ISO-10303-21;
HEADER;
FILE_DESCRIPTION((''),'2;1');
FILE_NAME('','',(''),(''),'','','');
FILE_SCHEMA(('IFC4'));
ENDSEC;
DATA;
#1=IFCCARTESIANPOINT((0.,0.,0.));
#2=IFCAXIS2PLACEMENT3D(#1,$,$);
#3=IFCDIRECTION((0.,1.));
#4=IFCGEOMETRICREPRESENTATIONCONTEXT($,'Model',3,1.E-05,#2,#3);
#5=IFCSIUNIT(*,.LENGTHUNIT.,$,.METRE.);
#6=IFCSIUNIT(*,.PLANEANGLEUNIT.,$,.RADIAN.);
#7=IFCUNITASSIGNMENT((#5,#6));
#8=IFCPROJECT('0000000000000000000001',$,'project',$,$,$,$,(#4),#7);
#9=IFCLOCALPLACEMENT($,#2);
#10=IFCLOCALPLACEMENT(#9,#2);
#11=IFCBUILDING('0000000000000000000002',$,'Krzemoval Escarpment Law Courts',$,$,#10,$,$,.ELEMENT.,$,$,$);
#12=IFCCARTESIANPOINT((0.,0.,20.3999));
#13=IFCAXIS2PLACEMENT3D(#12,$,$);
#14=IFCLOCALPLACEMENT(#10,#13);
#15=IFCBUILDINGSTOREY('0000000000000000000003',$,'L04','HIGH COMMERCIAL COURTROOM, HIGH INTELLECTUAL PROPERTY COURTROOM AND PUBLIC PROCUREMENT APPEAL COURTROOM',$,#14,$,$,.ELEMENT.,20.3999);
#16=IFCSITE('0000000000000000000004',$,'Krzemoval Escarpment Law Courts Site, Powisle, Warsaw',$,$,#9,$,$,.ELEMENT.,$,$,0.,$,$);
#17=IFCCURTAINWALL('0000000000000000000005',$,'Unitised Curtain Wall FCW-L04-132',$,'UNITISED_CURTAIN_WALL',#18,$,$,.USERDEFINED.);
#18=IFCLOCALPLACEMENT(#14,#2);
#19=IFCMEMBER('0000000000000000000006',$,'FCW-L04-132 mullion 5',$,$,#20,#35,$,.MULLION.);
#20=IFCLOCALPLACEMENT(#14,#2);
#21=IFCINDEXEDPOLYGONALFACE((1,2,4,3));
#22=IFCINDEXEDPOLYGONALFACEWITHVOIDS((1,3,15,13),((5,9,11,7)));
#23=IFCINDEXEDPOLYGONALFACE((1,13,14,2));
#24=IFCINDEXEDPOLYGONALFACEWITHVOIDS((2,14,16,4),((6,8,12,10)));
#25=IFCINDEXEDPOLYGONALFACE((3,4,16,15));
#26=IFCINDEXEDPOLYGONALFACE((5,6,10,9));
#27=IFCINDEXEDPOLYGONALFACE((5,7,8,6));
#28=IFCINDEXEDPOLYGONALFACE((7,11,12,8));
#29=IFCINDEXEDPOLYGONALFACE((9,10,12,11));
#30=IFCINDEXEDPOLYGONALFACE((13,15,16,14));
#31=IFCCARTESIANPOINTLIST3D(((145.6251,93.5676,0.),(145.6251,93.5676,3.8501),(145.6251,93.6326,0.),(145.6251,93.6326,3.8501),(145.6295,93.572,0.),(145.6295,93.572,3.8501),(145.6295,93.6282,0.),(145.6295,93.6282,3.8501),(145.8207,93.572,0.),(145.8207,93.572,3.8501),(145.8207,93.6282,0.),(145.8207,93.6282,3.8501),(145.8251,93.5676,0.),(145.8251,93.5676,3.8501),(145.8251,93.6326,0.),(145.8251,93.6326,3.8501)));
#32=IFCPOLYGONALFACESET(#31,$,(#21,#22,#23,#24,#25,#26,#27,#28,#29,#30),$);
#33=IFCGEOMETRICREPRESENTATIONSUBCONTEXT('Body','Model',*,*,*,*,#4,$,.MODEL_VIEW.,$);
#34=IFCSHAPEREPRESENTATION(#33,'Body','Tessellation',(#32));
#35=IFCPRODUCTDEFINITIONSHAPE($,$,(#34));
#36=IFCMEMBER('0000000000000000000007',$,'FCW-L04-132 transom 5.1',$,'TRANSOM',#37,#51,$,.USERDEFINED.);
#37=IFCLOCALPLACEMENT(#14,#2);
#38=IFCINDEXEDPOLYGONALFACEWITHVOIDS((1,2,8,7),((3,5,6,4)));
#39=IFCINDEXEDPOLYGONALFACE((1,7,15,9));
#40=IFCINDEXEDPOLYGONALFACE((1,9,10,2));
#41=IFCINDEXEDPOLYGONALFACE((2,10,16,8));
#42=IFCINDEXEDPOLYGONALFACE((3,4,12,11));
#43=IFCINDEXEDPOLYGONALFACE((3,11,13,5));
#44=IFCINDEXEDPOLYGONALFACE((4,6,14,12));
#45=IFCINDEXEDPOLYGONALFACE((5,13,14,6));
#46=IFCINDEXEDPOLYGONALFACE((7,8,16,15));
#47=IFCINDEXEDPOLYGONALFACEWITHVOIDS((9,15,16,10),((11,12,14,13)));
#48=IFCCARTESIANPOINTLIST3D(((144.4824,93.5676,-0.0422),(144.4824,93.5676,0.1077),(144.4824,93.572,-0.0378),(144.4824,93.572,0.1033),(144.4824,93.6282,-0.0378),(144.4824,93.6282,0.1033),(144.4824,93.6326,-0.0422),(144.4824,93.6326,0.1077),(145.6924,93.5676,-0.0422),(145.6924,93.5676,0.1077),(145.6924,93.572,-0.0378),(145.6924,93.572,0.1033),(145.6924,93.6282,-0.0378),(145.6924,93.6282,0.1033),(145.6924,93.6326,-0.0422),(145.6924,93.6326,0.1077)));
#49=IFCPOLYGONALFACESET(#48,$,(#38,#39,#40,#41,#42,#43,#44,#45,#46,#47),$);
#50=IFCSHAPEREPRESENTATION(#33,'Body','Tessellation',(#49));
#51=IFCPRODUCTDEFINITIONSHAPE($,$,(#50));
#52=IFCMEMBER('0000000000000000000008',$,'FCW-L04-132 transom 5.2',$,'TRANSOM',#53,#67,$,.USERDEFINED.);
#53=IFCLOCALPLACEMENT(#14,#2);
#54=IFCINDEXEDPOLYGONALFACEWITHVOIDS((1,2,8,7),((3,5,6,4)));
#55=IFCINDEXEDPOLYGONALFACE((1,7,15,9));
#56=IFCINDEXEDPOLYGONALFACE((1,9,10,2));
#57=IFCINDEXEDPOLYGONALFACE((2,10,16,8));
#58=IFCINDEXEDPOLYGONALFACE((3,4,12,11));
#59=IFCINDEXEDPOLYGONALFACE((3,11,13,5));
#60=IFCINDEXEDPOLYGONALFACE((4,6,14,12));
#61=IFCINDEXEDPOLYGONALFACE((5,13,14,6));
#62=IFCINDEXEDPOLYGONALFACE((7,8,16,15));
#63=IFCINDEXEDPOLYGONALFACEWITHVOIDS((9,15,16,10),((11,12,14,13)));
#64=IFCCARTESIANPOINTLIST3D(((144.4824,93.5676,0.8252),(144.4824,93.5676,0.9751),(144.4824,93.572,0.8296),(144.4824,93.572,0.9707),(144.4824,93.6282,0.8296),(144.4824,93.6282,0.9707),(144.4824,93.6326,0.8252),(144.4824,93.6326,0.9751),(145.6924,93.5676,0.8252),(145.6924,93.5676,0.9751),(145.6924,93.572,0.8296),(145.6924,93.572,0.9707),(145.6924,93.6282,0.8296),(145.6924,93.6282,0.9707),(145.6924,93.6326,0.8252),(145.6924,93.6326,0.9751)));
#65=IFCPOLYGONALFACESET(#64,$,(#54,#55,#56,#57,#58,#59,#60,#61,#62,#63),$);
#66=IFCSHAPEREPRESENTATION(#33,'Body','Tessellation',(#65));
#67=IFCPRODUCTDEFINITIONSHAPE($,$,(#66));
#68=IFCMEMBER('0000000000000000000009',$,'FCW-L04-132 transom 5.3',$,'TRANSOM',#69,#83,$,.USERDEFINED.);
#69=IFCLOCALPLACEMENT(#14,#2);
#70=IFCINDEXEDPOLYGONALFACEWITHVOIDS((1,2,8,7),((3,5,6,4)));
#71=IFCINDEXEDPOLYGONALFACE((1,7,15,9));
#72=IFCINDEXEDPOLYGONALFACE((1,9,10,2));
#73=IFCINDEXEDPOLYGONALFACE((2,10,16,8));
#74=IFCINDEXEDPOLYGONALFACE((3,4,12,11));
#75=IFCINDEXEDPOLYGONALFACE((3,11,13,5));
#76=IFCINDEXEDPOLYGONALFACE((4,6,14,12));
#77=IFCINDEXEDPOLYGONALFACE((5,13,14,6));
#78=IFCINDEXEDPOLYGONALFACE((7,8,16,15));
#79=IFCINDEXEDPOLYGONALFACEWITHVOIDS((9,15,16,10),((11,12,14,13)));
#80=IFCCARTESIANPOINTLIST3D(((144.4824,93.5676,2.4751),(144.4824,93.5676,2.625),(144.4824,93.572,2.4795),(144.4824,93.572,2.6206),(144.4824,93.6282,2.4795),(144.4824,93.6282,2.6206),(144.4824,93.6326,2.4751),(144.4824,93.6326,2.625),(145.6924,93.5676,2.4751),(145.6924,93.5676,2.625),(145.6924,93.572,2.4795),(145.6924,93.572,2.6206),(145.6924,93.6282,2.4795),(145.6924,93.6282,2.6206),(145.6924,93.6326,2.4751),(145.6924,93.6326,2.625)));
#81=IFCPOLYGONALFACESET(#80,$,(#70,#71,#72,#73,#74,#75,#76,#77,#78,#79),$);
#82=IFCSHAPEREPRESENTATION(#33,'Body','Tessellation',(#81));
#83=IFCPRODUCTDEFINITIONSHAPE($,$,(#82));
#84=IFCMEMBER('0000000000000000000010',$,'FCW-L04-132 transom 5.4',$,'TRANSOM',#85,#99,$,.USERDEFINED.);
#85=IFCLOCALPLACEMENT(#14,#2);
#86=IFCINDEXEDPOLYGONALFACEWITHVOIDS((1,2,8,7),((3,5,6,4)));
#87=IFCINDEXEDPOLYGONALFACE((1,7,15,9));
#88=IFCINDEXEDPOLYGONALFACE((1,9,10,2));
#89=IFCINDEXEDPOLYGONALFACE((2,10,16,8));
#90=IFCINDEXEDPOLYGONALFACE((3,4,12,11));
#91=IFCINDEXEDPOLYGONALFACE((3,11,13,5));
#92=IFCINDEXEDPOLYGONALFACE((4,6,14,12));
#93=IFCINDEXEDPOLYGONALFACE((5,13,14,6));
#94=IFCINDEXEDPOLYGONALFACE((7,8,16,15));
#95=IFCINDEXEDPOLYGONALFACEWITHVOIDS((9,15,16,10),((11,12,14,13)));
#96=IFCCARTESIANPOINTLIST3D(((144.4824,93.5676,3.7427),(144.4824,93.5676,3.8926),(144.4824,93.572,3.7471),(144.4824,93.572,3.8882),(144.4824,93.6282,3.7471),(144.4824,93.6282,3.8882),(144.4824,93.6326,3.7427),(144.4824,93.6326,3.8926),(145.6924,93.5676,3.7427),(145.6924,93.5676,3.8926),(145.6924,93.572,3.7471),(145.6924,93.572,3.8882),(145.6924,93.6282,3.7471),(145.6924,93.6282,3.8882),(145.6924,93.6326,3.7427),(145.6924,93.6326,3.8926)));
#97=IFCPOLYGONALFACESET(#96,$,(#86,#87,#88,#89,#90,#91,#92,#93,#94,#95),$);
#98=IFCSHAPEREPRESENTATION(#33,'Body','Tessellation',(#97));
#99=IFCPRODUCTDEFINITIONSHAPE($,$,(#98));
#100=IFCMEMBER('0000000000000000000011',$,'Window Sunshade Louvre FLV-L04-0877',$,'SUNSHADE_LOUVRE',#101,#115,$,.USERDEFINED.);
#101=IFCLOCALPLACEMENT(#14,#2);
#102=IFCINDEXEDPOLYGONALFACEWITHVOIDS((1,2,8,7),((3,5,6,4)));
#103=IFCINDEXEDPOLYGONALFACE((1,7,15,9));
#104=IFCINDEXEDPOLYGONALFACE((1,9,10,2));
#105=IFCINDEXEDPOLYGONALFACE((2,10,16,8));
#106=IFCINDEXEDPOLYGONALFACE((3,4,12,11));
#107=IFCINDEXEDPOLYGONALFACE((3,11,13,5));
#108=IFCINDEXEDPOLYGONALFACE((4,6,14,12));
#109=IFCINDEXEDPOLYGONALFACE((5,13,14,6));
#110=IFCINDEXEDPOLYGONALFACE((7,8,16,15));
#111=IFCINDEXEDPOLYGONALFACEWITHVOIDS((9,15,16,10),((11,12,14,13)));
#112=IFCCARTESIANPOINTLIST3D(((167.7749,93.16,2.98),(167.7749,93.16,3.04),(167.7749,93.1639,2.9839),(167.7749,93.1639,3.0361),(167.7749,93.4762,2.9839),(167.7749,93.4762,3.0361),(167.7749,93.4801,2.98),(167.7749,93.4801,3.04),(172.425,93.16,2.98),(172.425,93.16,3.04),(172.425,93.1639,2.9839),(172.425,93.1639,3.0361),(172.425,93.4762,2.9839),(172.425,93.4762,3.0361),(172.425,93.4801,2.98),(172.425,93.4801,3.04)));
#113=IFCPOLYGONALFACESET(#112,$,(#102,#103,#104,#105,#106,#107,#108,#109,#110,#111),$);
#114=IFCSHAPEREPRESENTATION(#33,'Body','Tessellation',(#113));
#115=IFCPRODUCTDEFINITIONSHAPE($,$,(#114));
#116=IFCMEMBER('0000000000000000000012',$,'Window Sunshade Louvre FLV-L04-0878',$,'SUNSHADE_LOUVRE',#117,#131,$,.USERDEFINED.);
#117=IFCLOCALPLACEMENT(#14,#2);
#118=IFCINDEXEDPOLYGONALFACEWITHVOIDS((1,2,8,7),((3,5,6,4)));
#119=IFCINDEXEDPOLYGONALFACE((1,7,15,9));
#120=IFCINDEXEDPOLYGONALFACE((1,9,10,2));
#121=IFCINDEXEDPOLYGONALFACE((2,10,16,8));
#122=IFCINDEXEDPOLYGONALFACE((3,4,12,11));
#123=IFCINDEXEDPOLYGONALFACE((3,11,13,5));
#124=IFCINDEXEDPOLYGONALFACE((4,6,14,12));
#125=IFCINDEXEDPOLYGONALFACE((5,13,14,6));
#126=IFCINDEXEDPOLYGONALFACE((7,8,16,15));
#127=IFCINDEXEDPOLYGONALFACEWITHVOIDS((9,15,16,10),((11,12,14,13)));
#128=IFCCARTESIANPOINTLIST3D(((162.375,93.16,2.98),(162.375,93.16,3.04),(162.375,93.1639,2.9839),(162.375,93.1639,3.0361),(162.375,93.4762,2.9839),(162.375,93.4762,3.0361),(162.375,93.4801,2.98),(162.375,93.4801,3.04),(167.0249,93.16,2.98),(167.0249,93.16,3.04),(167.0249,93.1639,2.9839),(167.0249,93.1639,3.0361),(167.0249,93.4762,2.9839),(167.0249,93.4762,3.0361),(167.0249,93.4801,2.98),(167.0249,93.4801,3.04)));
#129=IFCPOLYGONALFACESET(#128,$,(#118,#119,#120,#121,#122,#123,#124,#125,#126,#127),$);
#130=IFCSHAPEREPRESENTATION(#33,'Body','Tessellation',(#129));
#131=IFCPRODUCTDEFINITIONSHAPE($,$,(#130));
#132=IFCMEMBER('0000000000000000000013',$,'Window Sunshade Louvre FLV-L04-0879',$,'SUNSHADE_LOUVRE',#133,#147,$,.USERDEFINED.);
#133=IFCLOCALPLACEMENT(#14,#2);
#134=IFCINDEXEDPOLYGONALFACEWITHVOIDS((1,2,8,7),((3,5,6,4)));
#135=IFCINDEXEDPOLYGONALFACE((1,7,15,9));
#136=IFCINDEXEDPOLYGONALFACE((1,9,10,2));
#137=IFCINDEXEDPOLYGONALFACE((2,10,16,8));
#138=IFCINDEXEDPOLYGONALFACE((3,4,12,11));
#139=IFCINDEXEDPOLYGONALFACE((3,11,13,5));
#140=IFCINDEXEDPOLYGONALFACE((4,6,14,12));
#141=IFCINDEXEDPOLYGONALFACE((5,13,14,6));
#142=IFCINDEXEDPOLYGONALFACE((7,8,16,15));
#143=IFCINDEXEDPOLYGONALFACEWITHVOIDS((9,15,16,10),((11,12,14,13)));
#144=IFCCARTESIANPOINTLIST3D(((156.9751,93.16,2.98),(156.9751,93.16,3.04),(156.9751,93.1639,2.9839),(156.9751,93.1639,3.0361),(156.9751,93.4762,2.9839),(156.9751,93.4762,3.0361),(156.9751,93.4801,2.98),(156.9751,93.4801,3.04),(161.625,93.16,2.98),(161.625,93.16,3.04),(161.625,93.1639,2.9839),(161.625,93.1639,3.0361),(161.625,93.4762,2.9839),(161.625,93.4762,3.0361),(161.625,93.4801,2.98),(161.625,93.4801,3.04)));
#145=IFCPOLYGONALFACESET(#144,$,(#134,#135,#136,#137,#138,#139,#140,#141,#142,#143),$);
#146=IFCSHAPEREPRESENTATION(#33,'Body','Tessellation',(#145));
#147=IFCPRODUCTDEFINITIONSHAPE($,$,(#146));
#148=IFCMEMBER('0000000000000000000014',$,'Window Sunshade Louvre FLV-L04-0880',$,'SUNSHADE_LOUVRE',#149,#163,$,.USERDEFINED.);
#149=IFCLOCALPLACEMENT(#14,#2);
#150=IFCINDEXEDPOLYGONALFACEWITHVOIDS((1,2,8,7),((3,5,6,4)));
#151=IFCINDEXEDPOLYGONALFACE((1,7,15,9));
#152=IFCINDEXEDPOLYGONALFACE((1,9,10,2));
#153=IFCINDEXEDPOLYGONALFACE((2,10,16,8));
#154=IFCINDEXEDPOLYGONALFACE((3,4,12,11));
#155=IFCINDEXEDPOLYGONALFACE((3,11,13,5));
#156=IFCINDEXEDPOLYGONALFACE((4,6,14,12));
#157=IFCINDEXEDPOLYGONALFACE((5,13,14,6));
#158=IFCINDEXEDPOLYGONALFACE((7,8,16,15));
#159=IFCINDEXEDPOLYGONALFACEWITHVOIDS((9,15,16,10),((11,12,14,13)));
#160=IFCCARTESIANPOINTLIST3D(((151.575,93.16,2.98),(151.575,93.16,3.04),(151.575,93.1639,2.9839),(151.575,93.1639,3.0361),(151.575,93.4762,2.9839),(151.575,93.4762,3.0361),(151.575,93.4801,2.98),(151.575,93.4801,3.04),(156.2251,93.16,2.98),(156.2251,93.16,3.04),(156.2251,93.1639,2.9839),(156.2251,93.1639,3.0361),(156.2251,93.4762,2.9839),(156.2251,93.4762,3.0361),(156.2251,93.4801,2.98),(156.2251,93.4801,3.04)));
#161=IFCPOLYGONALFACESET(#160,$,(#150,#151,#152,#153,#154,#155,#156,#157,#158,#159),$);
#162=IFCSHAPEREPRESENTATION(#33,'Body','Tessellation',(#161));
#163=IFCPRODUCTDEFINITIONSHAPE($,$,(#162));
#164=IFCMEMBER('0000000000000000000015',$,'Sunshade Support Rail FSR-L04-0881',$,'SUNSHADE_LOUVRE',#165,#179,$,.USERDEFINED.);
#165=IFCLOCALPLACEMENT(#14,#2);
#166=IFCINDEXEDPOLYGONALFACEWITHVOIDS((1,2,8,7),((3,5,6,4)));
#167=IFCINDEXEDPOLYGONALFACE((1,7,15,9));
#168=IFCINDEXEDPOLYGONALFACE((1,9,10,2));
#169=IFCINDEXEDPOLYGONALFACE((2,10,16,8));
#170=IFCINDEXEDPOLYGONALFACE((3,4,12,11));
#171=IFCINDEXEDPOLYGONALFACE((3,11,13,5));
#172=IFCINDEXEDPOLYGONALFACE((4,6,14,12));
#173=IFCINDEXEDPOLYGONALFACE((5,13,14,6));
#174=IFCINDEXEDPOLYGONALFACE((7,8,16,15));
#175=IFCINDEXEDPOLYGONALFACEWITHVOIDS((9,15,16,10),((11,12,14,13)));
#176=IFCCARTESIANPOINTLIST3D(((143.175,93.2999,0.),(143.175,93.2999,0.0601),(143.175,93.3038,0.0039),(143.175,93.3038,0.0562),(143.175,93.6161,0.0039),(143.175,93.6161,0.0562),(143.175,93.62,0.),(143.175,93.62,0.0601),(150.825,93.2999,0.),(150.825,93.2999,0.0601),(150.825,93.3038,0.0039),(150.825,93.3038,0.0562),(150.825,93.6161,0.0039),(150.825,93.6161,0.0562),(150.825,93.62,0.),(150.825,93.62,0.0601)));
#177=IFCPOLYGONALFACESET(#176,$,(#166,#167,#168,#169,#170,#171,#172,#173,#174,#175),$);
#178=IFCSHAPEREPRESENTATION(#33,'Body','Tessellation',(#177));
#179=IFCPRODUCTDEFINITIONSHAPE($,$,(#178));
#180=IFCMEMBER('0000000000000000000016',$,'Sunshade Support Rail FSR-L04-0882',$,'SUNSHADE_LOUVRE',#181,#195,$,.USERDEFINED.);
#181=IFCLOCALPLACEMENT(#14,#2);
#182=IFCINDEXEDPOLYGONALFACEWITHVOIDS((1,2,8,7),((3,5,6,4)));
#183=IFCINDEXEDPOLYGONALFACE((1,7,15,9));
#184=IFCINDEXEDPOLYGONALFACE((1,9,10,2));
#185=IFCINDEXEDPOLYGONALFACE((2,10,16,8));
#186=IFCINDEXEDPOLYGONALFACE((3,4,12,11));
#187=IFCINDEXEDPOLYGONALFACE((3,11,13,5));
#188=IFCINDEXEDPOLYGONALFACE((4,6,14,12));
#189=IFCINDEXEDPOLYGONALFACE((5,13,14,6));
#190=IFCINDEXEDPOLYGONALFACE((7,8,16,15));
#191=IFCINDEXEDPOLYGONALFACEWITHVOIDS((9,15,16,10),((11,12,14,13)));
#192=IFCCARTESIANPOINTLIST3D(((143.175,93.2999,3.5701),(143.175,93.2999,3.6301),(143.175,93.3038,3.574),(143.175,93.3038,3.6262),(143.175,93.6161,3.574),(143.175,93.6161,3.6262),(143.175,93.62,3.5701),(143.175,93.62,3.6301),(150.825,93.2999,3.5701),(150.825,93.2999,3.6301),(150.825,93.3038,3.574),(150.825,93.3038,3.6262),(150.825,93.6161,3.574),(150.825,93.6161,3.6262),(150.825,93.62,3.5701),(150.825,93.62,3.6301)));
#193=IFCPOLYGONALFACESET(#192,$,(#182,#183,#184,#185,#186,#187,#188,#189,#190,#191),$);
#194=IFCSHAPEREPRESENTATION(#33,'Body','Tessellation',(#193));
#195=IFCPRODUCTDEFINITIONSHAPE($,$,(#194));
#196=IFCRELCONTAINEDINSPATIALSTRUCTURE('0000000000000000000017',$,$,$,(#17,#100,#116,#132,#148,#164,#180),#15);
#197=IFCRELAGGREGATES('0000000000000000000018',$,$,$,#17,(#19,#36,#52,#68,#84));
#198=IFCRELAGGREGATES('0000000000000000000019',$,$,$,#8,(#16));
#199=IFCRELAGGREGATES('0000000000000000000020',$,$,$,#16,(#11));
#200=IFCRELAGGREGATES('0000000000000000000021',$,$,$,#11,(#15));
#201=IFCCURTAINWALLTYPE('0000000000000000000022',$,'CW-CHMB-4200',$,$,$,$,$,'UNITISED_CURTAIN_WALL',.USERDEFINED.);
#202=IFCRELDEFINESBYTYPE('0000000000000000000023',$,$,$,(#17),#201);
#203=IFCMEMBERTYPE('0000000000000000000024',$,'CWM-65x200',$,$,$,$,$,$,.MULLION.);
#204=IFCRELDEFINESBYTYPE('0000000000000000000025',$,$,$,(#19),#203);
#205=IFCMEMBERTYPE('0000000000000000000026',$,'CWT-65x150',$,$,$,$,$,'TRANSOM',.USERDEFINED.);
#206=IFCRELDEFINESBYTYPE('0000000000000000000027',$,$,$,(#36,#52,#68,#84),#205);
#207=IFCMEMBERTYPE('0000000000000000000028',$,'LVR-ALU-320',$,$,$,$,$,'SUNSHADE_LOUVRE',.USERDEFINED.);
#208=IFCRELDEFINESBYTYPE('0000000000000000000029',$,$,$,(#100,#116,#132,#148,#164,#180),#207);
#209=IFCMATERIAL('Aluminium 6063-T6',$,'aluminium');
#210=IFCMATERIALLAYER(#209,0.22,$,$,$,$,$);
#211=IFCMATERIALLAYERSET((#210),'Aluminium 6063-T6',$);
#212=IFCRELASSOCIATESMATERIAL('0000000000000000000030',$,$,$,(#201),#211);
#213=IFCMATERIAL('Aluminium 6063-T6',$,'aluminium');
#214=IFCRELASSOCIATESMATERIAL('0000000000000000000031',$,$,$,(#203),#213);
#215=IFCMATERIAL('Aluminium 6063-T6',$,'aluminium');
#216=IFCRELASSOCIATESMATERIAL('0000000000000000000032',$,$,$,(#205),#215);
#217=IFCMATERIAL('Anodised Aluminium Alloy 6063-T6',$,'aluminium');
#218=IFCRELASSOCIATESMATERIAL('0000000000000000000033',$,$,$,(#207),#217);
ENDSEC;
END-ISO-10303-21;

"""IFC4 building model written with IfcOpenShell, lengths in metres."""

from ifc_helpers import new_model, si_unit, direction, frame, origin, origin_2d, place, context, subcontext, project, spatial, hollow_rectangle, extrude, material, layer, layer_set, material_profile, profile_set, type_object, element, aggregate, save


model = new_model("IFC4")

# Units and contexts
model_context = context("Model", 3, precision=1e-05, world=origin(), true_north=direction((0.0, 1.0)))
body_context = subcontext(model_context, "Body", "Model", "MODEL_VIEW")
ifc_project = project(units=[si_unit("LENGTHUNIT", "METRE"), si_unit("PLANEANGLEUNIT", "RADIAN")], contexts=[model_context])

# Site, building, storey
site_placement = place(None, origin())
site = spatial("IfcSite", under=ifc_project, at=site_placement, Name="Krzemoval Escarpment Law Courts Site, Powisle, Warsaw", CompositionType="ELEMENT", RefElevation=0.0)
building_placement = place(site_placement, origin())
building = spatial("IfcBuilding", under=site, at=building_placement, Name="Krzemoval Escarpment Law Courts", CompositionType="ELEMENT")
storey_placement = place(building_placement, frame((0.0, 0.0, 20.3999)))
storey = spatial("IfcBuildingStorey", under=building, at=storey_placement, Name="L04", Description="HIGH COMMERCIAL COURTROOM, HIGH INTELLECTUAL PROPERTY COURTROOM AND PUBLIC PROCUREMENT APPEAL COURTROOM", CompositionType="ELEMENT", Elevation=20.3999)

# Curtain wall, members
ifc_material_1 = material(Name="Aluminium 6063-T6", Category="aluminium")
ifc_layer_1 = layer(ifc_material_1, 0.22)
ifc_layer_set_1 = layer_set([ifc_layer_1], Name="Aluminium 6063-T6")
curtain_wall_type = type_object("IfcCurtainWallType", Name="CW-CHMB-4200", ElementType="UNITISED_CURTAIN_WALL", PredefinedType="USERDEFINED", material=ifc_layer_set_1)
curtain_wall_placement = place(storey_placement, origin())
curtain_wall = element("IfcCurtainWall", 1, at=curtain_wall_placement, inside=storey, type_object=curtain_wall_type, Name="Unitised Curtain Wall FCW-L04-132", ObjectType="UNITISED_CURTAIN_WALL", PredefinedType="USERDEFINED")
ifc_material_2 = material(Name="Aluminium 6063-T6", Category="aluminium")
ifc_material_profile_1 = material_profile(ifc_material_2, hollow_rectangle(XDim=0.0649, YDim=0.2, WallThickness=0.0044, at=origin_2d()), Name="ALU M65x200")
ifc_profile_set_1 = profile_set([ifc_material_profile_1], Name="Aluminium 6063-T6")
member_type_1 = type_object("IfcMemberType", Name="CWM-65x200", PredefinedType="MULLION", material=ifc_profile_set_1)
member_1_placement = place(storey_placement, frame((145.7251, 93.6001, 0.0), z_axis=(0.0, 0.0, 1.0), x_axis=(0.0, -1.0, 0.0)))
member_1 = element("IfcMember", 2, at=member_1_placement, type_object=member_type_1, Name="FCW-L04-132 mullion 5", PredefinedType="MULLION", context=body_context, shape_type="SweptSolid", body=[
    extrude(hollow_rectangle(XDim=0.0649, YDim=0.2, WallThickness=0.0044, at=origin_2d()), origin(), (0.0, 0.0, 1.0), 3.8501),
])
ifc_material_3 = material(Name="Aluminium 6063-T6", Category="aluminium")
ifc_material_profile_2 = material_profile(ifc_material_3, hollow_rectangle(XDim=0.0649, YDim=0.1499, WallThickness=0.0044, at=origin_2d()), Name="ALU T65x150")
ifc_profile_set_2 = profile_set([ifc_material_profile_2], Name="Aluminium 6063-T6")
member_type_2 = type_object("IfcMemberType", Name="CWT-65x150", ElementType="TRANSOM", PredefinedType="USERDEFINED", material=ifc_profile_set_2)
member_2_placement = place(storey_placement, frame((145.6924, 93.6001, 0.0327), z_axis=(-1.0, 0.0, 0.0), x_axis=(0.0, -1.0, 0.0)))
member_2 = element("IfcMember", 3, at=member_2_placement, type_object=member_type_2, Name="FCW-L04-132 transom 5.1", ObjectType="TRANSOM", PredefinedType="USERDEFINED", context=body_context, shape_type="SweptSolid", body=[
    extrude(hollow_rectangle(XDim=0.0649, YDim=0.1499, WallThickness=0.0044, at=origin_2d()), origin(), (0.0, 0.0, 1.0), 1.21),
])
member_3_placement = place(storey_placement, frame((145.6924, 93.6001, 0.9001), z_axis=(-1.0, 0.0, 0.0), x_axis=(0.0, -1.0, 0.0)))
member_3 = element("IfcMember", 4, at=member_3_placement, type_object=member_type_2, Name="FCW-L04-132 transom 5.2", ObjectType="TRANSOM", PredefinedType="USERDEFINED", context=body_context, shape_type="SweptSolid", body=[
    extrude(hollow_rectangle(XDim=0.0649, YDim=0.1499, WallThickness=0.0044, at=origin_2d()), origin(), (0.0, 0.0, 1.0), 1.21),
])
member_4_placement = place(storey_placement, frame((145.6924, 93.6001, 2.55), z_axis=(-1.0, 0.0, 0.0), x_axis=(0.0, -1.0, 0.0)))
member_4 = element("IfcMember", 5, at=member_4_placement, type_object=member_type_2, Name="FCW-L04-132 transom 5.3", ObjectType="TRANSOM", PredefinedType="USERDEFINED", context=body_context, shape_type="SweptSolid", body=[
    extrude(hollow_rectangle(XDim=0.0649, YDim=0.1499, WallThickness=0.0044, at=origin_2d()), origin(), (0.0, 0.0, 1.0), 1.21),
])
member_5_placement = place(storey_placement, frame((145.6924, 93.6001, 3.8176), z_axis=(-1.0, 0.0, 0.0), x_axis=(0.0, -1.0, 0.0)))
member_5 = element("IfcMember", 6, at=member_5_placement, type_object=member_type_2, Name="FCW-L04-132 transom 5.4", ObjectType="TRANSOM", PredefinedType="USERDEFINED", context=body_context, shape_type="SweptSolid", body=[
    extrude(hollow_rectangle(XDim=0.0649, YDim=0.1499, WallThickness=0.0044, at=origin_2d()), origin(), (0.0, 0.0, 1.0), 1.21),
])

# Members
ifc_material_4 = material(Name="Anodised Aluminium Alloy 6063-T6", Category="aluminium")
ifc_material_profile_3 = material_profile(ifc_material_4, hollow_rectangle(XDim=0.0601, YDim=0.3201, WallThickness=0.0039, at=origin_2d()), Name="ALU LVR 60x320")
ifc_profile_set_3 = profile_set([ifc_material_profile_3], Name="Anodised Aluminium Alloy 6063-T6")
member_type_3 = type_object("IfcMemberType", Name="LVR-ALU-320", ElementType="SUNSHADE_LOUVRE", PredefinedType="USERDEFINED", material=ifc_profile_set_3)
member_6_placement = place(storey_placement, frame((172.425, 93.3201, 3.01), z_axis=(-1.0, 0.0, 0.0), x_axis=(0.0, 0.0, 1.0)))
element("IfcMember", 7, at=member_6_placement, inside=storey, type_object=member_type_3, Name="Window Sunshade Louvre FLV-L04-0877", ObjectType="SUNSHADE_LOUVRE", PredefinedType="USERDEFINED", context=body_context, shape_type="SweptSolid", body=[
    extrude(hollow_rectangle(XDim=0.0601, YDim=0.3201, WallThickness=0.0039, at=origin_2d()), origin(), (0.0, 0.0, 1.0), 4.6501),
])
for number, where, z_axis, x_axis, name in (
    (8, (167.0249, 93.3201, 3.01), (-1.0, 0.0, 0.0), (0.0, 0.0, 1.0), "Window Sunshade Louvre FLV-L04-0878"),
    (9, (161.625, 93.3201, 3.01), (-1.0, 0.0, 0.0), (0.0, 0.0, 1.0), "Window Sunshade Louvre FLV-L04-0879"),
):
    element("IfcMember", number, at=place(storey_placement, frame(where, z_axis=z_axis, x_axis=x_axis)), inside=storey, type_object=member_type_3, Name=name, ObjectType="SUNSHADE_LOUVRE", PredefinedType="USERDEFINED", context=body_context, shape_type="SweptSolid", body=[
        extrude(hollow_rectangle(XDim=0.0601, YDim=0.3201, WallThickness=0.0039, at=origin_2d()), origin(), (0.0, 0.0, 1.0), 4.6499),
    ])
member_7_placement = place(storey_placement, frame((156.2251, 93.3201, 3.01), z_axis=(-1.0, 0.0, 0.0), x_axis=(0.0, 0.0, 1.0)))
element("IfcMember", 10, at=member_7_placement, inside=storey, type_object=member_type_3, Name="Window Sunshade Louvre FLV-L04-0880", ObjectType="SUNSHADE_LOUVRE", PredefinedType="USERDEFINED", context=body_context, shape_type="SweptSolid", body=[
    extrude(hollow_rectangle(XDim=0.0601, YDim=0.3201, WallThickness=0.0039, at=origin_2d()), origin(), (0.0, 0.0, 1.0), 4.6501),
])
for number, where, z_axis, x_axis, name in (
    (11, (150.825, 93.46, 0.03), (-1.0, 0.0, 0.0), (0.0, 0.0, 1.0), "Sunshade Support Rail FSR-L04-0881"),
    (12, (150.825, 93.46, 3.6001), (-1.0, 0.0, 0.0), (0.0, 0.0, 1.0), "Sunshade Support Rail FSR-L04-0882"),
):
    element("IfcMember", number, at=place(storey_placement, frame(where, z_axis=z_axis, x_axis=x_axis)), inside=storey, type_object=member_type_3, Name=name, ObjectType="SUNSHADE_LOUVRE", PredefinedType="USERDEFINED", context=body_context, shape_type="SweptSolid", body=[
        extrude(hollow_rectangle(XDim=0.0601, YDim=0.3201, WallThickness=0.0039, at=origin_2d()), origin(), (0.0, 0.0, 1.0), 7.6499),
    ])

aggregate(curtain_wall, [member_1, member_2, member_3, member_4, member_5])

save(model, "model.ifc")
